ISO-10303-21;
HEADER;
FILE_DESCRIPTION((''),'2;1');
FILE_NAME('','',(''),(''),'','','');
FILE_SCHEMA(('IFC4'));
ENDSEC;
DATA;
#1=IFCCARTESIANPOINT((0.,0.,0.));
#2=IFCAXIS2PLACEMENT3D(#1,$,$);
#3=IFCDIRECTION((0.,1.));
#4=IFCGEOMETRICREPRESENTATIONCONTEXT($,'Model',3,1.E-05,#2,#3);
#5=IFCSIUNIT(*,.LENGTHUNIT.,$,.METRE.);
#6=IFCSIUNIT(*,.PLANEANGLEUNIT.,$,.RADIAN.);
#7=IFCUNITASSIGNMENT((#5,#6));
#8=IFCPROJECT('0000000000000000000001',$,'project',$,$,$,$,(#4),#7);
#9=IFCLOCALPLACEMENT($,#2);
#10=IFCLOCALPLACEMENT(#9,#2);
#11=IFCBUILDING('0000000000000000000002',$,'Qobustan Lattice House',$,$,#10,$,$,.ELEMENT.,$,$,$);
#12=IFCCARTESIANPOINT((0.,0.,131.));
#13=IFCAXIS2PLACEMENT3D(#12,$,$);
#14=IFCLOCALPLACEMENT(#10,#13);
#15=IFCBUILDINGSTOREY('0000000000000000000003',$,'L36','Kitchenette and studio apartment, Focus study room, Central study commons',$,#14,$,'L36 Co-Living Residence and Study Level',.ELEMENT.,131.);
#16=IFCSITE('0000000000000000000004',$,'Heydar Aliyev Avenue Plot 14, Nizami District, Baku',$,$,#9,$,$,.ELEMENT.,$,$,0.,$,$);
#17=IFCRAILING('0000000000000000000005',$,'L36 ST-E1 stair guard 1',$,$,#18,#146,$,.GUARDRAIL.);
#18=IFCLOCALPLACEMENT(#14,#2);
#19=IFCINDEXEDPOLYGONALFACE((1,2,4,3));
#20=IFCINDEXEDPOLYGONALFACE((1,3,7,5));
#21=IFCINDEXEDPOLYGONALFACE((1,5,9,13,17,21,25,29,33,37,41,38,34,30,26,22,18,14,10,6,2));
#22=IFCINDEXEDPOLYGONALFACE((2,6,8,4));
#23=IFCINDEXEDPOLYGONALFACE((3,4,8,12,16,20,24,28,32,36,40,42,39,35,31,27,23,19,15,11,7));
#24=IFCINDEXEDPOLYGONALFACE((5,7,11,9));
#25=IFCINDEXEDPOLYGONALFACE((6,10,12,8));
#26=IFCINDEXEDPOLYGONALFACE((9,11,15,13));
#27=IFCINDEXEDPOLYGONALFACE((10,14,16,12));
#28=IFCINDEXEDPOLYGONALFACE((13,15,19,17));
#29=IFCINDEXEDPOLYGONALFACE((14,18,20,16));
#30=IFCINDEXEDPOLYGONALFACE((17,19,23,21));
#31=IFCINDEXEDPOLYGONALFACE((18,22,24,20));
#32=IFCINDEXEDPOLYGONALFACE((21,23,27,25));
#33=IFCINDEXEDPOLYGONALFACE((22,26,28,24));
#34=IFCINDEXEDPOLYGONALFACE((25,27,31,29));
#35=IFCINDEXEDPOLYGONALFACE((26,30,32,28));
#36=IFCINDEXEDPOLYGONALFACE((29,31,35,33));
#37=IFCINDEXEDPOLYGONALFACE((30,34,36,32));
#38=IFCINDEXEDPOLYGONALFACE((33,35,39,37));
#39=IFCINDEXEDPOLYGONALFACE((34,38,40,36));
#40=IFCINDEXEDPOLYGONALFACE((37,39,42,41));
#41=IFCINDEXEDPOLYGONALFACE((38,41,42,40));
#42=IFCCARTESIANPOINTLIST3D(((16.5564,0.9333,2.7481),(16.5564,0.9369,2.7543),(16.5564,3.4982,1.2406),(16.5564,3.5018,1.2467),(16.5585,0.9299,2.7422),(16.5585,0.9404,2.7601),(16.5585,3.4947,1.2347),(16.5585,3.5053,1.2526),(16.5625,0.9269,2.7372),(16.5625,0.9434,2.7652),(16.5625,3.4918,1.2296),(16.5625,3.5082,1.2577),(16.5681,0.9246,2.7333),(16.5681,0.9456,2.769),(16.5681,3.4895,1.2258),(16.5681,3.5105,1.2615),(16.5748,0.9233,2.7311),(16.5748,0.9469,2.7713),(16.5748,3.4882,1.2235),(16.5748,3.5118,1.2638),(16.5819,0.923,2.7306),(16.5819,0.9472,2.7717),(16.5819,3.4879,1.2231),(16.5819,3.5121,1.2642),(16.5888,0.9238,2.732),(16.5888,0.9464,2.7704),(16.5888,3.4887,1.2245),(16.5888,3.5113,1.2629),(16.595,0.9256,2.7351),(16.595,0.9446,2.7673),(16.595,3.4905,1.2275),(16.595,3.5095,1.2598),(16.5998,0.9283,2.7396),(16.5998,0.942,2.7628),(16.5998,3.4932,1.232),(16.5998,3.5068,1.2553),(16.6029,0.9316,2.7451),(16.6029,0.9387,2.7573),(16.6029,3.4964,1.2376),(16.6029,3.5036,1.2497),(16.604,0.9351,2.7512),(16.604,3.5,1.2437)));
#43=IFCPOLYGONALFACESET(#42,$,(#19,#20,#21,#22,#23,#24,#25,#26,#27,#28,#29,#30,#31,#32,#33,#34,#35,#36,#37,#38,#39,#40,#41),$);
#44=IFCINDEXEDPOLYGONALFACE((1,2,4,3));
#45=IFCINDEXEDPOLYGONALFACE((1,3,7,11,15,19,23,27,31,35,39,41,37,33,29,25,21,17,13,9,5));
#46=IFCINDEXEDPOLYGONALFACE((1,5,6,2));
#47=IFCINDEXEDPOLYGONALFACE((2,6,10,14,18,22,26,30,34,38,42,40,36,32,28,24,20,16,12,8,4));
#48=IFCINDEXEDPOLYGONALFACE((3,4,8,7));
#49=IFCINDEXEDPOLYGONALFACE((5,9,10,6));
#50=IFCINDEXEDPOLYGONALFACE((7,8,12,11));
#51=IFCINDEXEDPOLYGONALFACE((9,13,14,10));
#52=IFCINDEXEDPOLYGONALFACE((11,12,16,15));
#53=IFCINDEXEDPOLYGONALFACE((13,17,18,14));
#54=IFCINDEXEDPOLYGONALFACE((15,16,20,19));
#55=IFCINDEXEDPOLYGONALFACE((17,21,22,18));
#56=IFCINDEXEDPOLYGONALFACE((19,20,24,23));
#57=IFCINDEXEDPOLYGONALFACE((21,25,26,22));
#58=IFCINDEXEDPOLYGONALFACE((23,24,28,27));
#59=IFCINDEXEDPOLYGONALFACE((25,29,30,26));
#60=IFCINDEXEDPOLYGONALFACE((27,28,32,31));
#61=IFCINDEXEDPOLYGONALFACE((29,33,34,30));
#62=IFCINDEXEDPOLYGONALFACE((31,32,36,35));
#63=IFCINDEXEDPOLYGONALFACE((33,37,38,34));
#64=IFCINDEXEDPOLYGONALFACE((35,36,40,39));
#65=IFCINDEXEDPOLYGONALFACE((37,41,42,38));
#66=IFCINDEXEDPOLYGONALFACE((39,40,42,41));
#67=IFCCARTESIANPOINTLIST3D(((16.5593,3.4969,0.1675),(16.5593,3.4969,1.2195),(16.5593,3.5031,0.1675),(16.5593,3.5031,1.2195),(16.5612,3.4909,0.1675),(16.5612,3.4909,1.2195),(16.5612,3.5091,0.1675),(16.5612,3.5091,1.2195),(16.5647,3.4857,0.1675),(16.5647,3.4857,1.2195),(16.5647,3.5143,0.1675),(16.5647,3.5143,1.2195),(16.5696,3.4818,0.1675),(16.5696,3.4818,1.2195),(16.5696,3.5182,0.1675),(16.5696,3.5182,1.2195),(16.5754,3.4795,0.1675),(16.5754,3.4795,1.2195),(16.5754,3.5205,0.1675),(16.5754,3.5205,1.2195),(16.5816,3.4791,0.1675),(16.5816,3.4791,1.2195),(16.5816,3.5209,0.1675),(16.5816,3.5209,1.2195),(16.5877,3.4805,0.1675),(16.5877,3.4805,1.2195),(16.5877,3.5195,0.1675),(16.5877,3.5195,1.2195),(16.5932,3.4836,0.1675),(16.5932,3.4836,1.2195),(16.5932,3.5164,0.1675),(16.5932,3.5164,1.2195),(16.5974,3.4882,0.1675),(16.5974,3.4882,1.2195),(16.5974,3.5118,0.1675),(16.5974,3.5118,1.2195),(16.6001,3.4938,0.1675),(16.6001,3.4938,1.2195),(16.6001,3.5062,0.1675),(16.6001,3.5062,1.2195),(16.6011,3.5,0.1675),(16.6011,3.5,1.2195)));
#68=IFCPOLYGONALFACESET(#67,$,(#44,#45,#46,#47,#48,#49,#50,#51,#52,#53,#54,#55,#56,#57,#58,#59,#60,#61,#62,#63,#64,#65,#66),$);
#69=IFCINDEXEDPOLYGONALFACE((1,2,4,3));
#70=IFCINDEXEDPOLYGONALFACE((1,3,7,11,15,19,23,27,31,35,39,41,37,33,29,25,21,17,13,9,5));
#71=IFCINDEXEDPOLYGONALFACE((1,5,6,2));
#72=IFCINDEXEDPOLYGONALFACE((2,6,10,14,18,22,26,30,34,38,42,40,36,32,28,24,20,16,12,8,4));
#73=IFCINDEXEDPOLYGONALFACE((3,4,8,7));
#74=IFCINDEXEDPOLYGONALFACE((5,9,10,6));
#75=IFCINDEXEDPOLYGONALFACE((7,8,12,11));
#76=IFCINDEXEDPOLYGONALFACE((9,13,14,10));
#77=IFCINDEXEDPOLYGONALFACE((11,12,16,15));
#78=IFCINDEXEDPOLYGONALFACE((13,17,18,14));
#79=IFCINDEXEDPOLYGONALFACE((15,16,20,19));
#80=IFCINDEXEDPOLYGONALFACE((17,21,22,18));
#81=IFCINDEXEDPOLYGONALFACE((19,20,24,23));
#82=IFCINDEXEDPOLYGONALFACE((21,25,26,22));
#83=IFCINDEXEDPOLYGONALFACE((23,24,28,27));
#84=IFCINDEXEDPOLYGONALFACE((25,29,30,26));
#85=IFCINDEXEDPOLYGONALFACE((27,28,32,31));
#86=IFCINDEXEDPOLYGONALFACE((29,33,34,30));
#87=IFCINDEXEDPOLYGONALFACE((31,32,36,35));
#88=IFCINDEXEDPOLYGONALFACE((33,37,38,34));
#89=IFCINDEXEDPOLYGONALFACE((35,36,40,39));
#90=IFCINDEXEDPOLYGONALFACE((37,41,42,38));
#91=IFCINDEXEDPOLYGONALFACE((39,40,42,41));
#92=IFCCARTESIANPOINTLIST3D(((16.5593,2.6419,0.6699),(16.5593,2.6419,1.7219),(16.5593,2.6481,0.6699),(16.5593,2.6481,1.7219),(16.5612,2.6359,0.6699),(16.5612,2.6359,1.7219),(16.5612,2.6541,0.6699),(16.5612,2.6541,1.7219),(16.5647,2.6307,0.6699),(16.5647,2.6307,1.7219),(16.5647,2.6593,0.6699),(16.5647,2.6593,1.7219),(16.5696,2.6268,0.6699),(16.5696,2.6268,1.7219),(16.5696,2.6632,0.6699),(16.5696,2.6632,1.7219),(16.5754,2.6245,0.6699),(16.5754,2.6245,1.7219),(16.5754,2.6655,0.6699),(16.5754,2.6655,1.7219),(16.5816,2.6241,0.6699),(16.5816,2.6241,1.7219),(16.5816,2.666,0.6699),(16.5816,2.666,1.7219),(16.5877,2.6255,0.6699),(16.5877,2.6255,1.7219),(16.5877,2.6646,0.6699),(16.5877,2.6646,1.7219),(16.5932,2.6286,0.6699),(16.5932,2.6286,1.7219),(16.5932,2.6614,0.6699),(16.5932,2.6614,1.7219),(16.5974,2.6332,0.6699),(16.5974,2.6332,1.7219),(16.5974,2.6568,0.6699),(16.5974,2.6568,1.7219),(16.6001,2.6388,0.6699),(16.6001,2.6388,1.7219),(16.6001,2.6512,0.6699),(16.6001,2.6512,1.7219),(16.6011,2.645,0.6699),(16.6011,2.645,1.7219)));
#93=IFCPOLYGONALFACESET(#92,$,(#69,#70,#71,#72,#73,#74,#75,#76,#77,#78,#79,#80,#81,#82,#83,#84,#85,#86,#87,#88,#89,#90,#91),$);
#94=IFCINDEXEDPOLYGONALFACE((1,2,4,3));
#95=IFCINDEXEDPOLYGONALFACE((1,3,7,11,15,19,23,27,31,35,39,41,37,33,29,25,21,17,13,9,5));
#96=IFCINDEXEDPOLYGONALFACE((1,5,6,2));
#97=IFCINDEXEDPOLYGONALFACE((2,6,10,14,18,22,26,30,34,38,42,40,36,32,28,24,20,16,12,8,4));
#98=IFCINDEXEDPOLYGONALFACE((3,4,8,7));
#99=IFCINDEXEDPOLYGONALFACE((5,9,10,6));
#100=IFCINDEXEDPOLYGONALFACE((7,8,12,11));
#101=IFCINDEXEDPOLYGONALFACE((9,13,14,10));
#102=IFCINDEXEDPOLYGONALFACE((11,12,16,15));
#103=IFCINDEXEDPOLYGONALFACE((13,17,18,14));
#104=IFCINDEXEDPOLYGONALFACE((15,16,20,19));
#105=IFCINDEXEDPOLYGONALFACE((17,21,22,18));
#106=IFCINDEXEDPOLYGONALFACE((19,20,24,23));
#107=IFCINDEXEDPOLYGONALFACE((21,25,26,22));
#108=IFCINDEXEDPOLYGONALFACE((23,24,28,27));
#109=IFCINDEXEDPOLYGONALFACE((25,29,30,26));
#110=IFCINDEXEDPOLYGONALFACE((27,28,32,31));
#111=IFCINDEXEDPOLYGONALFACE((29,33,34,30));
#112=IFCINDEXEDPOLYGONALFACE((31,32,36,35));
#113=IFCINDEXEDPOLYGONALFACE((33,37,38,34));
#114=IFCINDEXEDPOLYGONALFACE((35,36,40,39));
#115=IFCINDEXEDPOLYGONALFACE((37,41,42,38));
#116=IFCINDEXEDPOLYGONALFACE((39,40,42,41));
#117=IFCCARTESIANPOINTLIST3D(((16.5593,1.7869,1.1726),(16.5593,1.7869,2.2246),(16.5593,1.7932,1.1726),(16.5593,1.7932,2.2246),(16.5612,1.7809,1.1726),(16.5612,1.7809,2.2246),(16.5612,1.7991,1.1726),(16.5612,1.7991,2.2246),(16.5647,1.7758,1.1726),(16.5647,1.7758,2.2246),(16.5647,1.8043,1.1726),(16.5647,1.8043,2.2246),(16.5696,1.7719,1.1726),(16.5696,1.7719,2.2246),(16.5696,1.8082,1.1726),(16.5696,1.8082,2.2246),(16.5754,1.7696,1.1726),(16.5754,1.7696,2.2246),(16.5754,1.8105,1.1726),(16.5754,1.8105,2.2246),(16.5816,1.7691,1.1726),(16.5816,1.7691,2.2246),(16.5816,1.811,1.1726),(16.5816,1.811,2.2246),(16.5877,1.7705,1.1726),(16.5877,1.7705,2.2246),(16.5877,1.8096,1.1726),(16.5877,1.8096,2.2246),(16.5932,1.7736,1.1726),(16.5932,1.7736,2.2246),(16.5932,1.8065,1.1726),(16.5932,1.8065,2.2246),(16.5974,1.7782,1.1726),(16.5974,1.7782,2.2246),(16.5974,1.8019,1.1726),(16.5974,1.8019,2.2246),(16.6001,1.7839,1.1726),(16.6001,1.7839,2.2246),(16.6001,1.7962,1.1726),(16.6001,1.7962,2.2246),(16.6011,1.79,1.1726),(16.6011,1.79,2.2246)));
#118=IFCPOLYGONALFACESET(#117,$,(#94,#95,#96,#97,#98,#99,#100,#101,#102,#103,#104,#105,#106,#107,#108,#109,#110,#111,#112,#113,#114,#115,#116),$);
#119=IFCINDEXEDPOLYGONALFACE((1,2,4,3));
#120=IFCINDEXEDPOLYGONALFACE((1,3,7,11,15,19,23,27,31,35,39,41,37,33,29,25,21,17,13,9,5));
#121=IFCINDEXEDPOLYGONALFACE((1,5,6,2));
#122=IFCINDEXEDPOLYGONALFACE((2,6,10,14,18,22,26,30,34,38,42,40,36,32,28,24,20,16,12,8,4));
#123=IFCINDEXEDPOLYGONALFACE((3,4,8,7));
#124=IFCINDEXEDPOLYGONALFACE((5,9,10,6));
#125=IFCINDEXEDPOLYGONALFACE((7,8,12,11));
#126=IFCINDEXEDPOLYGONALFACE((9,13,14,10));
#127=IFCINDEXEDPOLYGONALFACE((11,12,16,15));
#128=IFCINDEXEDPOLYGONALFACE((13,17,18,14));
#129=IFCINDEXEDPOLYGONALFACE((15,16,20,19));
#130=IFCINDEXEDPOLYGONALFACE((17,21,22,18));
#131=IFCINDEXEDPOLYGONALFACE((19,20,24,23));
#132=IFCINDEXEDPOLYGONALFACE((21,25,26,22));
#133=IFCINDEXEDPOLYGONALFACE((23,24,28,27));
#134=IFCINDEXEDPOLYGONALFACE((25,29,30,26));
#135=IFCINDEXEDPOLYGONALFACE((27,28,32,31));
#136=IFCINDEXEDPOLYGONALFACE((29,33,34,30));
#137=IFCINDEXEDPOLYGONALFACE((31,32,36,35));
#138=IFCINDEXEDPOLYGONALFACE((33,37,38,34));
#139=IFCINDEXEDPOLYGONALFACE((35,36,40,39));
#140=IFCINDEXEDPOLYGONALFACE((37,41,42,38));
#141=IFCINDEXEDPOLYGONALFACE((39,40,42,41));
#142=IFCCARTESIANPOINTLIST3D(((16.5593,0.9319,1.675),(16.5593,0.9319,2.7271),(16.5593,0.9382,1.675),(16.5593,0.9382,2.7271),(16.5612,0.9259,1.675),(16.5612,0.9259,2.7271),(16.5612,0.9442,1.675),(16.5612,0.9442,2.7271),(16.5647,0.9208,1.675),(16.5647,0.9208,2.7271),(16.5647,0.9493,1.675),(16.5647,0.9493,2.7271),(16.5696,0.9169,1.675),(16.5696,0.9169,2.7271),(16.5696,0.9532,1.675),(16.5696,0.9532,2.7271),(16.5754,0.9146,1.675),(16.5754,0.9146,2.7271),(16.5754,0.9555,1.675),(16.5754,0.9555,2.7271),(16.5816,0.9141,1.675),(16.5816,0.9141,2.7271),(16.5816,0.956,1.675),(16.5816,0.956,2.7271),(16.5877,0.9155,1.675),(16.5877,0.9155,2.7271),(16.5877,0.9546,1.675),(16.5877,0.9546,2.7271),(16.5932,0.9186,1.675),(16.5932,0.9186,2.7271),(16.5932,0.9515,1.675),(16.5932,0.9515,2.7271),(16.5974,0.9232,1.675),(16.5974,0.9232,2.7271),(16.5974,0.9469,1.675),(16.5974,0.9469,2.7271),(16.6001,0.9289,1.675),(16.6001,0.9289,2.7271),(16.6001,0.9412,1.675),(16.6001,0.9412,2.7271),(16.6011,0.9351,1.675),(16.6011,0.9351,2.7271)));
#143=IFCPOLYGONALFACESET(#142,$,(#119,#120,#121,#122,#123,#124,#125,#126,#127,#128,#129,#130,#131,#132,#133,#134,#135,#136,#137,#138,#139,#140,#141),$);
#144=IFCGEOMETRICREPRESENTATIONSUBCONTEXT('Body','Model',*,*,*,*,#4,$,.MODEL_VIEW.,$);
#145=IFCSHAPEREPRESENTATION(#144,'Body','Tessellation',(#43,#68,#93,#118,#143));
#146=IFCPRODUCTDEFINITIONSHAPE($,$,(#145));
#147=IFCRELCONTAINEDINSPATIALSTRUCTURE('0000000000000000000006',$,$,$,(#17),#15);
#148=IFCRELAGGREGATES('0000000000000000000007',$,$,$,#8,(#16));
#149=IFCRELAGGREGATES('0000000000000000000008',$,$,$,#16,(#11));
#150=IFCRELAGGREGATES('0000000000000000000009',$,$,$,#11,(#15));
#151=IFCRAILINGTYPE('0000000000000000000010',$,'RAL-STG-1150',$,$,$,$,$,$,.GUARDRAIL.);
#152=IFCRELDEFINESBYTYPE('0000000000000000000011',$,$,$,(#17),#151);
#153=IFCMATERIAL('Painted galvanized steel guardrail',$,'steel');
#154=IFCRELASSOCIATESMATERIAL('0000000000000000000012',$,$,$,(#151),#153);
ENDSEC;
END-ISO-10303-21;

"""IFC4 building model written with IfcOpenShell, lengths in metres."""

from ifc_helpers import new_model, si_unit, direction, frame, origin, origin_2d, place, context, subcontext, project, spatial, circle, extrude, material, type_object, element, save


model = new_model("IFC4")

# Units and contexts
model_context = context("Model", 3, precision=1e-05, world=origin(), true_north=direction((0.0, 1.0)))
body_context = subcontext(model_context, "Body", "Model", "MODEL_VIEW")
ifc_project = project(units=[si_unit("LENGTHUNIT", "METRE"), si_unit("PLANEANGLEUNIT", "RADIAN")], contexts=[model_context])

# Site, building, storey
site_placement = place(None, origin())
site = spatial("IfcSite", under=ifc_project, at=site_placement, Name="Heydar Aliyev Avenue Plot 14, Nizami District, Baku", CompositionType="ELEMENT", RefElevation=0.0)
building_placement = place(site_placement, origin())
building = spatial("IfcBuilding", under=site, at=building_placement, Name="Qobustan Lattice House", CompositionType="ELEMENT")
storey_placement = place(building_placement, frame((0.0, 0.0, 131.0)))
storey = spatial("IfcBuildingStorey", under=building, at=storey_placement, Name="L36", Description="Kitchenette and studio apartment, Focus study room, Central study commons", LongName="L36 Co-Living Residence and Study Level", CompositionType="ELEMENT", Elevation=131.0)

# Railing
ifc_material_1 = material(Name="Painted galvanized steel guardrail", Category="steel")
railing_type_1 = type_object("IfcRailingType", Name="RAL-STG-1150", PredefinedType="GUARDRAIL", material=ifc_material_1)
railing_1_placement = place(storey_placement, frame((16.5801, 3.5, 0.1675)))
element("IfcRailing", 1, at=railing_1_placement, inside=storey, type_object=railing_type_1, Name="L36 ST-E1 stair guard 1", PredefinedType="GUARDRAIL", context=body_context, shape_type="SweptSolid", body=[
    extrude(circle(Radius=0.0239, at=origin_2d()), frame((0.0, 0.0, 1.0762), z_axis=(0.0, -0.862113, 0.506715), x_axis=(1.0, 0.0, 0.0)), (0.0, 0.0, 1.0), 2.9751),
    extrude(circle(Radius=0.021, at=origin_2d()), origin(), (0.0, 0.0, 1.0), 1.052),
    extrude(circle(Radius=0.021, at=origin_2d()), frame((0.0, -0.855, 0.5024)), (0.0, 0.0, 1.0), 1.052),
    extrude(circle(Radius=0.021, at=origin_2d()), frame((0.0, -1.71, 1.0051)), (0.0, 0.0, 1.0), 1.052),
    extrude(circle(Radius=0.021, at=origin_2d()), frame((0.0, -2.5649, 1.5076)), (0.0, 0.0, 1.0), 1.052),
])

save(model, "model.ifc")
